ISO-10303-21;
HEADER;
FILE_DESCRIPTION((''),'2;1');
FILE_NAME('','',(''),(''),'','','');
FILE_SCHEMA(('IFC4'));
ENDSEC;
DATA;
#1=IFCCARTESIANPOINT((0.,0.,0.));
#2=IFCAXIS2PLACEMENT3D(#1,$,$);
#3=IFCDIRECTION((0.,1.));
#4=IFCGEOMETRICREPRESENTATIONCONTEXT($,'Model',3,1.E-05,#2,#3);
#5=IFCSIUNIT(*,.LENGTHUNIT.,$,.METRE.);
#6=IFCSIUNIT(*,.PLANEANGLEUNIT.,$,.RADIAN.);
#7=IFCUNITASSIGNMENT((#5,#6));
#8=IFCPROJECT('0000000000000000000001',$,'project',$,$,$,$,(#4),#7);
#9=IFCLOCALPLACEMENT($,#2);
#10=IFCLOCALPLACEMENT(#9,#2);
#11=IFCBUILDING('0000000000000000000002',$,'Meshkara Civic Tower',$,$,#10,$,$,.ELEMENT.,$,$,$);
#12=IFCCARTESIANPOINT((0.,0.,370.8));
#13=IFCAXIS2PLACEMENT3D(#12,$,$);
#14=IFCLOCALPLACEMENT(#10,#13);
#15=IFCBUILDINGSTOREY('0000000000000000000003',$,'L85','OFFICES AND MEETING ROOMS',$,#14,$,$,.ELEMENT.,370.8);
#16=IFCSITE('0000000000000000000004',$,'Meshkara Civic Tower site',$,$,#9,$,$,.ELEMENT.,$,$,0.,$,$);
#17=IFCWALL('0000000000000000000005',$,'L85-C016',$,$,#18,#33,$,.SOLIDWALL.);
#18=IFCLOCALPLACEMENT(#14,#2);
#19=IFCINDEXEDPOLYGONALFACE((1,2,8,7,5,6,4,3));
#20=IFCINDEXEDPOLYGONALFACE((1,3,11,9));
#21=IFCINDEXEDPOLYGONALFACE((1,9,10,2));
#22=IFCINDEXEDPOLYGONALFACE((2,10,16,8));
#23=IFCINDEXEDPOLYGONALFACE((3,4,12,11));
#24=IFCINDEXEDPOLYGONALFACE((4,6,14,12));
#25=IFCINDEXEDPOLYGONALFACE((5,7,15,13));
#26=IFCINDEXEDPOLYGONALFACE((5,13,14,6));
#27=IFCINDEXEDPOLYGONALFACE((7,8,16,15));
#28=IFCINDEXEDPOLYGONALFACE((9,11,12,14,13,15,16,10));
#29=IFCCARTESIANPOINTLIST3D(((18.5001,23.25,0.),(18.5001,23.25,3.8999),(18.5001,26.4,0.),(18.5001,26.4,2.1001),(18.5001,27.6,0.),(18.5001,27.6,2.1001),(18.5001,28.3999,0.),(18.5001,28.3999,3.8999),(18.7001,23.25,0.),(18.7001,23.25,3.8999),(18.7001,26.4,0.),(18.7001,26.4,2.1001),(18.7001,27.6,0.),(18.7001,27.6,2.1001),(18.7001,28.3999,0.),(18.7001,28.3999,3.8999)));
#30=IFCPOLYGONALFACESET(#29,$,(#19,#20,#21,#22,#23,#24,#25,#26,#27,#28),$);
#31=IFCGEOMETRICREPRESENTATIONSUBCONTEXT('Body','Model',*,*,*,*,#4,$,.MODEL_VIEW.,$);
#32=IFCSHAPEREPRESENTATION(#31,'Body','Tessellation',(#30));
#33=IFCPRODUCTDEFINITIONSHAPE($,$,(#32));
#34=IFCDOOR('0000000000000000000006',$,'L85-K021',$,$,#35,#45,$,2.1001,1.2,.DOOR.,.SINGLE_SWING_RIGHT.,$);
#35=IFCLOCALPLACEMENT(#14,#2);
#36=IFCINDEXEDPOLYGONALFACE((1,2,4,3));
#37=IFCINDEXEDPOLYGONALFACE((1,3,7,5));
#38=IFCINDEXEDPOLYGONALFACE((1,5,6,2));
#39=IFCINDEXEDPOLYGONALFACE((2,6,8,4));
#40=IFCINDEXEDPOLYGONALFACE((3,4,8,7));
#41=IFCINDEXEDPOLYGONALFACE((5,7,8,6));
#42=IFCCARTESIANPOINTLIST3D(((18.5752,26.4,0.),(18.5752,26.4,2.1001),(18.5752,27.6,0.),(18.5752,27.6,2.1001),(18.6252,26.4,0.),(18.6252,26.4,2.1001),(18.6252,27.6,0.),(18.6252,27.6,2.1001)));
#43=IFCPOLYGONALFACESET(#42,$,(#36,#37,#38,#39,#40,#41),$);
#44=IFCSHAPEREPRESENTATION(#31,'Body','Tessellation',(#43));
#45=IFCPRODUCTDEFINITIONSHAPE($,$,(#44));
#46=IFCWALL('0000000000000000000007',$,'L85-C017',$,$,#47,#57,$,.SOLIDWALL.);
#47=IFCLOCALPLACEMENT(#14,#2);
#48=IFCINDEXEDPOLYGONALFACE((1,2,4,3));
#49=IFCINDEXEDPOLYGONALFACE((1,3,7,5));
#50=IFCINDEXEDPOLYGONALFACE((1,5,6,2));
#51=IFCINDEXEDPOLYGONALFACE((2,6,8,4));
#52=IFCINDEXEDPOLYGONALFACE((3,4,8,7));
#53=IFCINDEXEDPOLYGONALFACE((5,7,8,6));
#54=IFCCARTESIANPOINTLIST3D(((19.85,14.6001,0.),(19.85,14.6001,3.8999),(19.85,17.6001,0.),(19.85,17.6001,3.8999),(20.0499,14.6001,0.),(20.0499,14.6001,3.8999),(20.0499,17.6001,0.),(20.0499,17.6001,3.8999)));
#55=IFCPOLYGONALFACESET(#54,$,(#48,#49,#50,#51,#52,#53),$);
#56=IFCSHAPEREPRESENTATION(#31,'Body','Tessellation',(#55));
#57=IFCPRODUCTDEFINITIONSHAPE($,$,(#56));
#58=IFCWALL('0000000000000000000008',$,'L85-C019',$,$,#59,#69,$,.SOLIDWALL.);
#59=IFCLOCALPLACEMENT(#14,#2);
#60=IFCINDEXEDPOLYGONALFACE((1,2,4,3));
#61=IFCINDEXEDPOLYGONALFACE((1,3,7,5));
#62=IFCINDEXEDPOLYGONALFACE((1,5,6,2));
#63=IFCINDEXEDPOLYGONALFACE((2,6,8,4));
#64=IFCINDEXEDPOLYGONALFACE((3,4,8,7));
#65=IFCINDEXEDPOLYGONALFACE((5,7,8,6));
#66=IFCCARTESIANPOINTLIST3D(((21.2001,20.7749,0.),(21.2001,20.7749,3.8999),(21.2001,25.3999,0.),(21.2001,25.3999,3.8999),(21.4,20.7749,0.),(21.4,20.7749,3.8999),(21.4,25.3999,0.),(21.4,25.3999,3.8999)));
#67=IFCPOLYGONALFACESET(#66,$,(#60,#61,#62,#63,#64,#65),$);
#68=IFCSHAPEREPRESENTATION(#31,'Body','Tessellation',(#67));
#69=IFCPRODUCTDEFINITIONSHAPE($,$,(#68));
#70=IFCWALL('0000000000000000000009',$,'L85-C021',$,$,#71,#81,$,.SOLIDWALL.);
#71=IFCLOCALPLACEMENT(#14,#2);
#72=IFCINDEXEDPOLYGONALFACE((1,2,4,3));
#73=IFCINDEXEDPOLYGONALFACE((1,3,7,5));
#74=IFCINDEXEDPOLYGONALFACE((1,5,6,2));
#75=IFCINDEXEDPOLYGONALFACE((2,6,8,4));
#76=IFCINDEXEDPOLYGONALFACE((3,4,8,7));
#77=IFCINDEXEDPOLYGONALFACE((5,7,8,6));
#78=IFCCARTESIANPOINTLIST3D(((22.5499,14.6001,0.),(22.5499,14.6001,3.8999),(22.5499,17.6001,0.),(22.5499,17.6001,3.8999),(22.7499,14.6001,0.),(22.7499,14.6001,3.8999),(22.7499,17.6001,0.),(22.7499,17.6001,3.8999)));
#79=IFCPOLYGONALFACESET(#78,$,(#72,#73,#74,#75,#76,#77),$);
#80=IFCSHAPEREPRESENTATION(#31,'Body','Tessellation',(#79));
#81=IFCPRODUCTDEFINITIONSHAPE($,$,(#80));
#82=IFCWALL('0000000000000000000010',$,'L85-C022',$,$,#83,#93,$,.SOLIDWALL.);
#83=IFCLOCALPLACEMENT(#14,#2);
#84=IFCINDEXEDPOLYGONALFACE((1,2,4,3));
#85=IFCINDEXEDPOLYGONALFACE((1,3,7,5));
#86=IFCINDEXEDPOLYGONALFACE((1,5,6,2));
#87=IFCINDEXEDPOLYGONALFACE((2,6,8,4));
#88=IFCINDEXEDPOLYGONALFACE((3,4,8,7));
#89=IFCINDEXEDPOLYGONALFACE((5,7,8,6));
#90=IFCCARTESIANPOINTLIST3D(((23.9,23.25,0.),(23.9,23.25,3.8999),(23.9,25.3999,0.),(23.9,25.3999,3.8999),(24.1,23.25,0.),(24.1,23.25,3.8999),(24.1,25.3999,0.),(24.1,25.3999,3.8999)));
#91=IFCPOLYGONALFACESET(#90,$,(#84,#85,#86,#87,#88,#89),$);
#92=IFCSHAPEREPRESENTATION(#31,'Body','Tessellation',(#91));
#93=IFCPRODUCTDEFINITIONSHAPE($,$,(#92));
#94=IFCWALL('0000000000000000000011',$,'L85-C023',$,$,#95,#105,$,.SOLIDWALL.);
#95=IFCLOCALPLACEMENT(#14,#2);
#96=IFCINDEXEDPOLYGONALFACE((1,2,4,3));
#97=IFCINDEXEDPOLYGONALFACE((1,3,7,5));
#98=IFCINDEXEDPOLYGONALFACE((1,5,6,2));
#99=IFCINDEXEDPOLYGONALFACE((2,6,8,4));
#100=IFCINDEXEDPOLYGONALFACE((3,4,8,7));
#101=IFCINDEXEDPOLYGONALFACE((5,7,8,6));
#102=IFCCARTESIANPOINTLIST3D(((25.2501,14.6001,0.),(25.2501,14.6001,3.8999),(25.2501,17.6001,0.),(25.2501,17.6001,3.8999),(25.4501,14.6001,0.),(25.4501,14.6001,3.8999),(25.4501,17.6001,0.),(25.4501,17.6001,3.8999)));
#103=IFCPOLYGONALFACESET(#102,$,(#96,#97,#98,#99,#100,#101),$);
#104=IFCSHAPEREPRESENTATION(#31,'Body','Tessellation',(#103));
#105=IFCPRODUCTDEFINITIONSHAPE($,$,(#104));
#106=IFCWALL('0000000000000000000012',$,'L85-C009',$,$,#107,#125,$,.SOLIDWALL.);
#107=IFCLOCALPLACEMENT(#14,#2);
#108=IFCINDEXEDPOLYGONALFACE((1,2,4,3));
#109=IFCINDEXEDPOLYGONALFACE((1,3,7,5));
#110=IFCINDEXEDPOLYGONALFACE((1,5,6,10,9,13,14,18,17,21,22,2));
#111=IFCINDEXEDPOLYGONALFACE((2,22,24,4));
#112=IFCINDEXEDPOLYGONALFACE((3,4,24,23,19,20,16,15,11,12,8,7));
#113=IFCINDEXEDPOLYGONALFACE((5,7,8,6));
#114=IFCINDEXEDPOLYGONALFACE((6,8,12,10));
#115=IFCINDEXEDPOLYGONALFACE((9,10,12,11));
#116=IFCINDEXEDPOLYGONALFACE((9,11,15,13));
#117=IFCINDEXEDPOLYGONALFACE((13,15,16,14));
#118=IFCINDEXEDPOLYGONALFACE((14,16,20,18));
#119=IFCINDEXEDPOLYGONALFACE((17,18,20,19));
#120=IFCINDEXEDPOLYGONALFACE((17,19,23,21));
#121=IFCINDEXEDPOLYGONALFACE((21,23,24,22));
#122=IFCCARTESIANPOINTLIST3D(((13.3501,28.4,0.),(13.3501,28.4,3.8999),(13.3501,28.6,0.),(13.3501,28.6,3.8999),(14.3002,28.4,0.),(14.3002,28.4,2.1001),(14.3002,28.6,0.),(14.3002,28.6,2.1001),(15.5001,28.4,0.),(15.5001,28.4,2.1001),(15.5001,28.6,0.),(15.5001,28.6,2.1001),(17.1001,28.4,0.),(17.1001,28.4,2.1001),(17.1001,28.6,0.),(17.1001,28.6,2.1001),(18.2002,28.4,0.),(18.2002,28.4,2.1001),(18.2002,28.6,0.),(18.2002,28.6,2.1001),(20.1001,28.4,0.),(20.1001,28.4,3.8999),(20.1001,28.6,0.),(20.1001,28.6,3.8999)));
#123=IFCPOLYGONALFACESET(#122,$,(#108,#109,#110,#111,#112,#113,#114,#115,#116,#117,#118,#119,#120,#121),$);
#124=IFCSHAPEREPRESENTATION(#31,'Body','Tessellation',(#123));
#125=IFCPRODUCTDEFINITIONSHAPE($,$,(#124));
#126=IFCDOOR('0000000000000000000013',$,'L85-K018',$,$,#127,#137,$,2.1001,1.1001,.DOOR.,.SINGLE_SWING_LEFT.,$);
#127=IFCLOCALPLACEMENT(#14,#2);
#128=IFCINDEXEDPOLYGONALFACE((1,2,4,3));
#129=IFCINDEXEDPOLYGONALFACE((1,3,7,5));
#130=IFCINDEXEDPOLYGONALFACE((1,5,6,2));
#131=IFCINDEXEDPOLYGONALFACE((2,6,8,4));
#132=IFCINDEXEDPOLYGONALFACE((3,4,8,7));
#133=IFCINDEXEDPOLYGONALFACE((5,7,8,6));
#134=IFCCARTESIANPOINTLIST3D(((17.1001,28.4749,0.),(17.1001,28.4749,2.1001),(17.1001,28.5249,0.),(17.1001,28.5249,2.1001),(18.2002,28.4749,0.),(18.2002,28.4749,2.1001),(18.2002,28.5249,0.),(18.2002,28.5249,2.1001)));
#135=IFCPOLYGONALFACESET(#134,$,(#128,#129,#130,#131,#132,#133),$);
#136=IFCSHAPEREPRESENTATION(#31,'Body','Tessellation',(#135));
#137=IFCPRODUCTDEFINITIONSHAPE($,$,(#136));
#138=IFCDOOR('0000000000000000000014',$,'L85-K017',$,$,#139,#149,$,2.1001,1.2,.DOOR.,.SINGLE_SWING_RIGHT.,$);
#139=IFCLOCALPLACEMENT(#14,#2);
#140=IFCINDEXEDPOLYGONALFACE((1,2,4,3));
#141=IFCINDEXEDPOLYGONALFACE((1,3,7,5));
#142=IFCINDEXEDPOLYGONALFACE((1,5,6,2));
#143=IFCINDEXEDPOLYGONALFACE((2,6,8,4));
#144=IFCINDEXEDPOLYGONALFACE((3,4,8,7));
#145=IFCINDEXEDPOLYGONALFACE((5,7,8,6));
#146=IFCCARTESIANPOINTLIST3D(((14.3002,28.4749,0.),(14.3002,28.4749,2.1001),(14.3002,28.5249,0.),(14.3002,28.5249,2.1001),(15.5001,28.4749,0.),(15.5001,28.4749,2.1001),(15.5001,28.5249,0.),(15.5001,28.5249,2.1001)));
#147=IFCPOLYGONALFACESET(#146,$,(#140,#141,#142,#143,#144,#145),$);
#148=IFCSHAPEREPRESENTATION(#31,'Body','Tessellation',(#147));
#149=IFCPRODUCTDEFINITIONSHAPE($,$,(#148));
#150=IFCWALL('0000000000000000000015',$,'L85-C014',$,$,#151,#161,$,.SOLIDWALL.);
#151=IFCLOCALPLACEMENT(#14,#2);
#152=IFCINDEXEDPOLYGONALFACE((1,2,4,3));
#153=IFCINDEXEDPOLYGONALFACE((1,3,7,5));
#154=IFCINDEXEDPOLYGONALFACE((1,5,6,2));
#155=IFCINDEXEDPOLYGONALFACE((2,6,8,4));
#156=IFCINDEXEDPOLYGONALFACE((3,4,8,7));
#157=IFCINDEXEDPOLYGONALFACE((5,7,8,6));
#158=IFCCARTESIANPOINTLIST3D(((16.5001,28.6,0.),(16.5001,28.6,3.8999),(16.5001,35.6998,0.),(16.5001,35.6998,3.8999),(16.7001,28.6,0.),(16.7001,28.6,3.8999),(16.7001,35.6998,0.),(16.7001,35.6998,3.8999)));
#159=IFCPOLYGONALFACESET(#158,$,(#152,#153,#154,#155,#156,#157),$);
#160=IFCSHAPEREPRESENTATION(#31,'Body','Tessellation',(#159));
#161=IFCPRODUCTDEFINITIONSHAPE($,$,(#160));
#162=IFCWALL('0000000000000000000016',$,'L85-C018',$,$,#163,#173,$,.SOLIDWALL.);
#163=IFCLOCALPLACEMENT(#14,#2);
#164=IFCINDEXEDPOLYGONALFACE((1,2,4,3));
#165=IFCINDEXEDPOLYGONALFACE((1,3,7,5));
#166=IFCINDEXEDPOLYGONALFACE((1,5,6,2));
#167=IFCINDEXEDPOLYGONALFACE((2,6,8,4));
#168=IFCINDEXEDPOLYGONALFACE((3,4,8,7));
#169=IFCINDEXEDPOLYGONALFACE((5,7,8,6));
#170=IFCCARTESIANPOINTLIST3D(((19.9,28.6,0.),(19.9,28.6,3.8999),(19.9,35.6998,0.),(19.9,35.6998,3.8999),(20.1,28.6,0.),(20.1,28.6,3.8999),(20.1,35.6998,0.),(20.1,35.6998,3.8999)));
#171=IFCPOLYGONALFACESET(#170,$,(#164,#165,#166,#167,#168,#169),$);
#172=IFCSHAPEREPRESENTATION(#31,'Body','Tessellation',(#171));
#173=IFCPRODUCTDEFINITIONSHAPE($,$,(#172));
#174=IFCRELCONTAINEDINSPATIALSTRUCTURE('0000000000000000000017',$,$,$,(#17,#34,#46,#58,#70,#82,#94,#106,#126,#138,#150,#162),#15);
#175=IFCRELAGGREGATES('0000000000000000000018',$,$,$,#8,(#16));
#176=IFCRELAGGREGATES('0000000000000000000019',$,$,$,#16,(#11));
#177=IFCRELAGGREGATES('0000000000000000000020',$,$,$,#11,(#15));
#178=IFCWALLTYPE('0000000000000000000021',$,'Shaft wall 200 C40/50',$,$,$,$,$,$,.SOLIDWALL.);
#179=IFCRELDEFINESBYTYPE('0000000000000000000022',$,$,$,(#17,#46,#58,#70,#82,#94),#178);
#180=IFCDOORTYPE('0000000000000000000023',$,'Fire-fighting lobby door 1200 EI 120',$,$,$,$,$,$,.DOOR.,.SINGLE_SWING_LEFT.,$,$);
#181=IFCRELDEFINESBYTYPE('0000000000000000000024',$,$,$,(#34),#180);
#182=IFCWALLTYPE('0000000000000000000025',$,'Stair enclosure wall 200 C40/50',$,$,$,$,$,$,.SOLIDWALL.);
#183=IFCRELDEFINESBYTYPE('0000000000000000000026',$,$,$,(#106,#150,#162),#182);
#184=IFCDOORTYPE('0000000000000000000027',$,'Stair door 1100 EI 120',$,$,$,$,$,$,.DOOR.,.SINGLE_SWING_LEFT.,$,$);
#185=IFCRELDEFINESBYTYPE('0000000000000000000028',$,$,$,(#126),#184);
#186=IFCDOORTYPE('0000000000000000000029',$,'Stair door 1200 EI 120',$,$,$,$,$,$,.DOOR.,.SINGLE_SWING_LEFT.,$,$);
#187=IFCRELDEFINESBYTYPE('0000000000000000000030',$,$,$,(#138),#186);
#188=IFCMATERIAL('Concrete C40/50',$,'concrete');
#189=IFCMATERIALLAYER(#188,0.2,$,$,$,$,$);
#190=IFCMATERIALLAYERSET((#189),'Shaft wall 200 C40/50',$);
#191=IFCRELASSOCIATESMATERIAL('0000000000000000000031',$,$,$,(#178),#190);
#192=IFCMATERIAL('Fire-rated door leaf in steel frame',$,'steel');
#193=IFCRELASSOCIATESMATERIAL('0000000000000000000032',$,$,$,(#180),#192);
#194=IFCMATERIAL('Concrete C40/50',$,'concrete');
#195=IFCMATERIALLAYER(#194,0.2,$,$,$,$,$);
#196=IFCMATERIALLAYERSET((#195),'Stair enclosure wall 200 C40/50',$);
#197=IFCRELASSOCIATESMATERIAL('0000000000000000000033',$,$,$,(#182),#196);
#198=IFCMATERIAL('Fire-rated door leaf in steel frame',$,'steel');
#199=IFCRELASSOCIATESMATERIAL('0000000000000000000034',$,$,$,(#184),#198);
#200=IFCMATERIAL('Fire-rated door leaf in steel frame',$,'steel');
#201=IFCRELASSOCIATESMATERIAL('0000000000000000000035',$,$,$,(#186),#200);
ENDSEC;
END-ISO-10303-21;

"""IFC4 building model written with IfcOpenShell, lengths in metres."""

from ifc_helpers import new_model, si_unit, direction, frame, frame_2d, origin, place, context, subcontext, project, spatial, rectangle, extrude, material, layer, layer_set, type_object, element, fill, save


model = new_model("IFC4")

# Units and contexts
model_context = context("Model", 3, precision=1e-05, world=origin(), true_north=direction((0.0, 1.0)))
body_context = subcontext(model_context, "Body", "Model", "MODEL_VIEW")
ifc_project = project(units=[si_unit("LENGTHUNIT", "METRE"), si_unit("PLANEANGLEUNIT", "RADIAN")], contexts=[model_context])

# Site, building, storey
site_placement = place(None, origin())
site = spatial("IfcSite", under=ifc_project, at=site_placement, Name="Meshkara Civic Tower site", CompositionType="ELEMENT", RefElevation=0.0)
building_placement = place(site_placement, origin())
building = spatial("IfcBuilding", under=site, at=building_placement, Name="Meshkara Civic Tower", CompositionType="ELEMENT")
storey_placement = place(building_placement, frame((0.0, 0.0, 370.8)))
storey = spatial("IfcBuildingStorey", under=building, at=storey_placement, Name="L85", Description="OFFICES AND MEETING ROOMS", CompositionType="ELEMENT", Elevation=370.8)

# Shared definitions
ifc_material_1 = material(Name="Concrete C40/50", Category="concrete")
ifc_layer_1 = layer(ifc_material_1, 0.2)
ifc_layer_set_1 = layer_set([ifc_layer_1], Name="Shaft wall 200 C40/50")
wall_type_1 = type_object("IfcWallType", Name="Shaft wall 200 C40/50", PredefinedType="SOLIDWALL", material=ifc_layer_set_1)

# Wall, opening, door
wall_1_placement = place(storey_placement, frame((18.6001, 23.25, 0.0), z_axis=(0.0, 0.0, 1.0), x_axis=(0.0, 1.0, 0.0)))
wall_1 = element("IfcWall", 1, at=wall_1_placement, inside=storey, type_object=wall_type_1, Name="L85-C016", PredefinedType="SOLIDWALL", context=body_context, shape_type="SweptSolid", body=[
    extrude(rectangle(XDim=5.1499, YDim=0.2, at=frame_2d((2.575, 0.0))), origin(), (0.0, 0.0, 1.0), 3.8999),
])
opening_1_placement = place(wall_1_placement, frame((3.1499, 0.0, 0.0)))
opening_1 = element("IfcOpeningElement", 2, at=opening_1_placement, cuts=wall_1, PredefinedType="OPENING", context=body_context, shape_type="SweptSolid", body=[
    extrude(rectangle(XDim=1.2, YDim=2.1001, at=frame_2d((0.6001, 1.05))), frame((0.0, 0.1099, 0.0), z_axis=(0.0, -1.0, 0.0), x_axis=(1.0, 0.0, 0.0)), (0.0, 0.0, 1.0), 0.22),
])
ifc_material_2 = material(Name="Fire-rated door leaf in steel frame", Category="steel")
door_type_1 = type_object("IfcDoorType", Name="Fire-fighting lobby door 1200 EI 120", OperationType="SINGLE_SWING_LEFT", PredefinedType="DOOR", material=ifc_material_2)
door_1_placement = place(opening_1_placement, origin())
door_1 = element("IfcDoor", 3, at=door_1_placement, inside=storey, type_object=door_type_1, Name="L85-K021", OperationType="SINGLE_SWING_RIGHT", OverallHeight=2.1001, OverallWidth=1.2, PredefinedType="DOOR", context=body_context, shape_type="SweptSolid", body=[
    extrude(rectangle(XDim=1.2, YDim=2.1001, at=frame_2d((0.6001, 1.05))), frame((0.0, 0.0249, 0.0), z_axis=(0.0, -1.0, 0.0), x_axis=(1.0, 0.0, 0.0)), (0.0, 0.0, 1.0), 0.05),
])
fill(opening_1, door_1)

# Walls
wall_2_placement = place(storey_placement, frame((19.95, 14.6001, 0.0), z_axis=(0.0, 0.0, 1.0), x_axis=(0.0, 1.0, 0.0)))
element("IfcWall", 4, at=wall_2_placement, inside=storey, type_object=wall_type_1, Name="L85-C017", PredefinedType="SOLIDWALL", context=body_context, shape_type="SweptSolid", body=[
    extrude(rectangle(XDim=3.0, YDim=0.2, at=frame_2d((1.5, 0.0))), origin(), (0.0, 0.0, 1.0), 3.8999),
])
wall_3_placement = place(storey_placement, frame((21.3, 20.7749, 0.0), z_axis=(0.0, 0.0, 1.0), x_axis=(0.0, 1.0, 0.0)))
element("IfcWall", 5, at=wall_3_placement, inside=storey, type_object=wall_type_1, Name="L85-C019", PredefinedType="SOLIDWALL", context=body_context, shape_type="SweptSolid", body=[
    extrude(rectangle(XDim=4.625, YDim=0.2, at=frame_2d((2.3125, 0.0))), origin(), (0.0, 0.0, 1.0), 3.8999),
])
wall_4_placement = place(storey_placement, frame((22.6499, 14.6001, 0.0), z_axis=(0.0, 0.0, 1.0), x_axis=(0.0, 1.0, 0.0)))
element("IfcWall", 6, at=wall_4_placement, inside=storey, type_object=wall_type_1, Name="L85-C021", PredefinedType="SOLIDWALL", context=body_context, shape_type="SweptSolid", body=[
    extrude(rectangle(XDim=3.0, YDim=0.2, at=frame_2d((1.5, 0.0))), origin(), (0.0, 0.0, 1.0), 3.8999),
])
wall_5_placement = place(storey_placement, frame((24.0, 23.25, 0.0), z_axis=(0.0, 0.0, 1.0), x_axis=(0.0, 1.0, 0.0)))
element("IfcWall", 7, at=wall_5_placement, inside=storey, type_object=wall_type_1, Name="L85-C022", PredefinedType="SOLIDWALL", context=body_context, shape_type="SweptSolid", body=[
    extrude(rectangle(XDim=2.1499, YDim=0.2, at=frame_2d((1.075, 0.0))), origin(), (0.0, 0.0, 1.0), 3.8999),
])
wall_6_placement = place(storey_placement, frame((25.3501, 14.6001, 0.0), z_axis=(0.0, 0.0, 1.0), x_axis=(0.0, 1.0, 0.0)))
element("IfcWall", 8, at=wall_6_placement, inside=storey, type_object=wall_type_1, Name="L85-C023", PredefinedType="SOLIDWALL", context=body_context, shape_type="SweptSolid", body=[
    extrude(rectangle(XDim=3.0, YDim=0.2, at=frame_2d((1.5, 0.0))), origin(), (0.0, 0.0, 1.0), 3.8999),
])

# Wall, openings, doors
ifc_material_3 = material(Name="Concrete C40/50", Category="concrete")
ifc_layer_2 = layer(ifc_material_3, 0.2)
ifc_layer_set_2 = layer_set([ifc_layer_2], Name="Stair enclosure wall 200 C40/50")
wall_type_2 = type_object("IfcWallType", Name="Stair enclosure wall 200 C40/50", PredefinedType="SOLIDWALL", material=ifc_layer_set_2)
wall_7_placement = place(storey_placement, frame((13.3501, 28.5, 0.0), z_axis=(0.0, 0.0, 1.0), x_axis=(1.0, 0.0, 0.0)))
wall_7 = element("IfcWall", 9, at=wall_7_placement, inside=storey, type_object=wall_type_2, Name="L85-C009", PredefinedType="SOLIDWALL", context=body_context, shape_type="SweptSolid", body=[
    extrude(rectangle(XDim=6.75, YDim=0.2, at=frame_2d((3.375, 0.0))), origin(), (0.0, 0.0, 1.0), 3.8999),
])
opening_2_placement = place(wall_7_placement, frame((0.95, 0.0, 0.0)))
opening_2 = element("IfcOpeningElement", 10, at=opening_2_placement, cuts=wall_7, PredefinedType="OPENING", context=body_context, shape_type="SweptSolid", body=[
    extrude(rectangle(XDim=1.2, YDim=2.1001, at=frame_2d((0.6001, 1.05))), frame((0.0, 0.1099, 0.0), z_axis=(0.0, -1.0, 0.0), x_axis=(1.0, 0.0, 0.0)), (0.0, 0.0, 1.0), 0.22),
])
opening_3_placement = place(wall_7_placement, frame((3.75, 0.0, 0.0)))
opening_3 = element("IfcOpeningElement", 11, at=opening_3_placement, cuts=wall_7, PredefinedType="OPENING", context=body_context, shape_type="SweptSolid", body=[
    extrude(rectangle(XDim=1.1001, YDim=2.1001, at=frame_2d((0.55, 1.05))), frame((0.0, 0.1099, 0.0), z_axis=(0.0, -1.0, 0.0), x_axis=(1.0, 0.0, 0.0)), (0.0, 0.0, 1.0), 0.22),
])
ifc_material_4 = material(Name="Fire-rated door leaf in steel frame", Category="steel")
door_type_2 = type_object("IfcDoorType", Name="Stair door 1100 EI 120", OperationType="SINGLE_SWING_LEFT", PredefinedType="DOOR", material=ifc_material_4)
door_2_placement = place(opening_3_placement, origin())
door_2 = element("IfcDoor", 12, at=door_2_placement, inside=storey, type_object=door_type_2, Name="L85-K018", OperationType="SINGLE_SWING_LEFT", OverallHeight=2.1001, OverallWidth=1.1001, PredefinedType="DOOR", context=body_context, shape_type="SweptSolid", body=[
    extrude(rectangle(XDim=1.1001, YDim=2.1001, at=frame_2d((0.55, 1.05))), frame((0.0, 0.0249, 0.0), z_axis=(0.0, -1.0, 0.0), x_axis=(1.0, 0.0, 0.0)), (0.0, 0.0, 1.0), 0.05),
])
fill(opening_3, door_2)
ifc_material_5 = material(Name="Fire-rated door leaf in steel frame", Category="steel")
door_type_3 = type_object("IfcDoorType", Name="Stair door 1200 EI 120", OperationType="SINGLE_SWING_LEFT", PredefinedType="DOOR", material=ifc_material_5)
door_3_placement = place(opening_2_placement, origin())
door_3 = element("IfcDoor", 13, at=door_3_placement, inside=storey, type_object=door_type_3, Name="L85-K017", OperationType="SINGLE_SWING_RIGHT", OverallHeight=2.1001, OverallWidth=1.2, PredefinedType="DOOR", context=body_context, shape_type="SweptSolid", body=[
    extrude(rectangle(XDim=1.2, YDim=2.1001, at=frame_2d((0.6001, 1.05))), frame((0.0, 0.0249, 0.0), z_axis=(0.0, -1.0, 0.0), x_axis=(1.0, 0.0, 0.0)), (0.0, 0.0, 1.0), 0.05),
])
fill(opening_2, door_3)

# Walls
for number, where, z_axis, x_axis, name in (
    (14, (16.6001, 28.6001, 0.0), (0.0, 0.0, 1.0), (0.0, 1.0, 0.0), "L85-C014"),
    (15, (20.0, 28.6001, 0.0), (0.0, 0.0, 1.0), (0.0, 1.0, 0.0), "L85-C018"),
):
    element("IfcWall", number, at=place(storey_placement, frame(where, z_axis=z_axis, x_axis=x_axis)), inside=storey, type_object=wall_type_2, Name=name, PredefinedType="SOLIDWALL", context=body_context, shape_type="SweptSolid", body=[
        extrude(rectangle(XDim=7.0999, YDim=0.2, at=frame_2d((3.5498, 0.0))), origin(), (0.0, 0.0, 1.0), 3.8999),
    ])

save(model, "model.ifc")
